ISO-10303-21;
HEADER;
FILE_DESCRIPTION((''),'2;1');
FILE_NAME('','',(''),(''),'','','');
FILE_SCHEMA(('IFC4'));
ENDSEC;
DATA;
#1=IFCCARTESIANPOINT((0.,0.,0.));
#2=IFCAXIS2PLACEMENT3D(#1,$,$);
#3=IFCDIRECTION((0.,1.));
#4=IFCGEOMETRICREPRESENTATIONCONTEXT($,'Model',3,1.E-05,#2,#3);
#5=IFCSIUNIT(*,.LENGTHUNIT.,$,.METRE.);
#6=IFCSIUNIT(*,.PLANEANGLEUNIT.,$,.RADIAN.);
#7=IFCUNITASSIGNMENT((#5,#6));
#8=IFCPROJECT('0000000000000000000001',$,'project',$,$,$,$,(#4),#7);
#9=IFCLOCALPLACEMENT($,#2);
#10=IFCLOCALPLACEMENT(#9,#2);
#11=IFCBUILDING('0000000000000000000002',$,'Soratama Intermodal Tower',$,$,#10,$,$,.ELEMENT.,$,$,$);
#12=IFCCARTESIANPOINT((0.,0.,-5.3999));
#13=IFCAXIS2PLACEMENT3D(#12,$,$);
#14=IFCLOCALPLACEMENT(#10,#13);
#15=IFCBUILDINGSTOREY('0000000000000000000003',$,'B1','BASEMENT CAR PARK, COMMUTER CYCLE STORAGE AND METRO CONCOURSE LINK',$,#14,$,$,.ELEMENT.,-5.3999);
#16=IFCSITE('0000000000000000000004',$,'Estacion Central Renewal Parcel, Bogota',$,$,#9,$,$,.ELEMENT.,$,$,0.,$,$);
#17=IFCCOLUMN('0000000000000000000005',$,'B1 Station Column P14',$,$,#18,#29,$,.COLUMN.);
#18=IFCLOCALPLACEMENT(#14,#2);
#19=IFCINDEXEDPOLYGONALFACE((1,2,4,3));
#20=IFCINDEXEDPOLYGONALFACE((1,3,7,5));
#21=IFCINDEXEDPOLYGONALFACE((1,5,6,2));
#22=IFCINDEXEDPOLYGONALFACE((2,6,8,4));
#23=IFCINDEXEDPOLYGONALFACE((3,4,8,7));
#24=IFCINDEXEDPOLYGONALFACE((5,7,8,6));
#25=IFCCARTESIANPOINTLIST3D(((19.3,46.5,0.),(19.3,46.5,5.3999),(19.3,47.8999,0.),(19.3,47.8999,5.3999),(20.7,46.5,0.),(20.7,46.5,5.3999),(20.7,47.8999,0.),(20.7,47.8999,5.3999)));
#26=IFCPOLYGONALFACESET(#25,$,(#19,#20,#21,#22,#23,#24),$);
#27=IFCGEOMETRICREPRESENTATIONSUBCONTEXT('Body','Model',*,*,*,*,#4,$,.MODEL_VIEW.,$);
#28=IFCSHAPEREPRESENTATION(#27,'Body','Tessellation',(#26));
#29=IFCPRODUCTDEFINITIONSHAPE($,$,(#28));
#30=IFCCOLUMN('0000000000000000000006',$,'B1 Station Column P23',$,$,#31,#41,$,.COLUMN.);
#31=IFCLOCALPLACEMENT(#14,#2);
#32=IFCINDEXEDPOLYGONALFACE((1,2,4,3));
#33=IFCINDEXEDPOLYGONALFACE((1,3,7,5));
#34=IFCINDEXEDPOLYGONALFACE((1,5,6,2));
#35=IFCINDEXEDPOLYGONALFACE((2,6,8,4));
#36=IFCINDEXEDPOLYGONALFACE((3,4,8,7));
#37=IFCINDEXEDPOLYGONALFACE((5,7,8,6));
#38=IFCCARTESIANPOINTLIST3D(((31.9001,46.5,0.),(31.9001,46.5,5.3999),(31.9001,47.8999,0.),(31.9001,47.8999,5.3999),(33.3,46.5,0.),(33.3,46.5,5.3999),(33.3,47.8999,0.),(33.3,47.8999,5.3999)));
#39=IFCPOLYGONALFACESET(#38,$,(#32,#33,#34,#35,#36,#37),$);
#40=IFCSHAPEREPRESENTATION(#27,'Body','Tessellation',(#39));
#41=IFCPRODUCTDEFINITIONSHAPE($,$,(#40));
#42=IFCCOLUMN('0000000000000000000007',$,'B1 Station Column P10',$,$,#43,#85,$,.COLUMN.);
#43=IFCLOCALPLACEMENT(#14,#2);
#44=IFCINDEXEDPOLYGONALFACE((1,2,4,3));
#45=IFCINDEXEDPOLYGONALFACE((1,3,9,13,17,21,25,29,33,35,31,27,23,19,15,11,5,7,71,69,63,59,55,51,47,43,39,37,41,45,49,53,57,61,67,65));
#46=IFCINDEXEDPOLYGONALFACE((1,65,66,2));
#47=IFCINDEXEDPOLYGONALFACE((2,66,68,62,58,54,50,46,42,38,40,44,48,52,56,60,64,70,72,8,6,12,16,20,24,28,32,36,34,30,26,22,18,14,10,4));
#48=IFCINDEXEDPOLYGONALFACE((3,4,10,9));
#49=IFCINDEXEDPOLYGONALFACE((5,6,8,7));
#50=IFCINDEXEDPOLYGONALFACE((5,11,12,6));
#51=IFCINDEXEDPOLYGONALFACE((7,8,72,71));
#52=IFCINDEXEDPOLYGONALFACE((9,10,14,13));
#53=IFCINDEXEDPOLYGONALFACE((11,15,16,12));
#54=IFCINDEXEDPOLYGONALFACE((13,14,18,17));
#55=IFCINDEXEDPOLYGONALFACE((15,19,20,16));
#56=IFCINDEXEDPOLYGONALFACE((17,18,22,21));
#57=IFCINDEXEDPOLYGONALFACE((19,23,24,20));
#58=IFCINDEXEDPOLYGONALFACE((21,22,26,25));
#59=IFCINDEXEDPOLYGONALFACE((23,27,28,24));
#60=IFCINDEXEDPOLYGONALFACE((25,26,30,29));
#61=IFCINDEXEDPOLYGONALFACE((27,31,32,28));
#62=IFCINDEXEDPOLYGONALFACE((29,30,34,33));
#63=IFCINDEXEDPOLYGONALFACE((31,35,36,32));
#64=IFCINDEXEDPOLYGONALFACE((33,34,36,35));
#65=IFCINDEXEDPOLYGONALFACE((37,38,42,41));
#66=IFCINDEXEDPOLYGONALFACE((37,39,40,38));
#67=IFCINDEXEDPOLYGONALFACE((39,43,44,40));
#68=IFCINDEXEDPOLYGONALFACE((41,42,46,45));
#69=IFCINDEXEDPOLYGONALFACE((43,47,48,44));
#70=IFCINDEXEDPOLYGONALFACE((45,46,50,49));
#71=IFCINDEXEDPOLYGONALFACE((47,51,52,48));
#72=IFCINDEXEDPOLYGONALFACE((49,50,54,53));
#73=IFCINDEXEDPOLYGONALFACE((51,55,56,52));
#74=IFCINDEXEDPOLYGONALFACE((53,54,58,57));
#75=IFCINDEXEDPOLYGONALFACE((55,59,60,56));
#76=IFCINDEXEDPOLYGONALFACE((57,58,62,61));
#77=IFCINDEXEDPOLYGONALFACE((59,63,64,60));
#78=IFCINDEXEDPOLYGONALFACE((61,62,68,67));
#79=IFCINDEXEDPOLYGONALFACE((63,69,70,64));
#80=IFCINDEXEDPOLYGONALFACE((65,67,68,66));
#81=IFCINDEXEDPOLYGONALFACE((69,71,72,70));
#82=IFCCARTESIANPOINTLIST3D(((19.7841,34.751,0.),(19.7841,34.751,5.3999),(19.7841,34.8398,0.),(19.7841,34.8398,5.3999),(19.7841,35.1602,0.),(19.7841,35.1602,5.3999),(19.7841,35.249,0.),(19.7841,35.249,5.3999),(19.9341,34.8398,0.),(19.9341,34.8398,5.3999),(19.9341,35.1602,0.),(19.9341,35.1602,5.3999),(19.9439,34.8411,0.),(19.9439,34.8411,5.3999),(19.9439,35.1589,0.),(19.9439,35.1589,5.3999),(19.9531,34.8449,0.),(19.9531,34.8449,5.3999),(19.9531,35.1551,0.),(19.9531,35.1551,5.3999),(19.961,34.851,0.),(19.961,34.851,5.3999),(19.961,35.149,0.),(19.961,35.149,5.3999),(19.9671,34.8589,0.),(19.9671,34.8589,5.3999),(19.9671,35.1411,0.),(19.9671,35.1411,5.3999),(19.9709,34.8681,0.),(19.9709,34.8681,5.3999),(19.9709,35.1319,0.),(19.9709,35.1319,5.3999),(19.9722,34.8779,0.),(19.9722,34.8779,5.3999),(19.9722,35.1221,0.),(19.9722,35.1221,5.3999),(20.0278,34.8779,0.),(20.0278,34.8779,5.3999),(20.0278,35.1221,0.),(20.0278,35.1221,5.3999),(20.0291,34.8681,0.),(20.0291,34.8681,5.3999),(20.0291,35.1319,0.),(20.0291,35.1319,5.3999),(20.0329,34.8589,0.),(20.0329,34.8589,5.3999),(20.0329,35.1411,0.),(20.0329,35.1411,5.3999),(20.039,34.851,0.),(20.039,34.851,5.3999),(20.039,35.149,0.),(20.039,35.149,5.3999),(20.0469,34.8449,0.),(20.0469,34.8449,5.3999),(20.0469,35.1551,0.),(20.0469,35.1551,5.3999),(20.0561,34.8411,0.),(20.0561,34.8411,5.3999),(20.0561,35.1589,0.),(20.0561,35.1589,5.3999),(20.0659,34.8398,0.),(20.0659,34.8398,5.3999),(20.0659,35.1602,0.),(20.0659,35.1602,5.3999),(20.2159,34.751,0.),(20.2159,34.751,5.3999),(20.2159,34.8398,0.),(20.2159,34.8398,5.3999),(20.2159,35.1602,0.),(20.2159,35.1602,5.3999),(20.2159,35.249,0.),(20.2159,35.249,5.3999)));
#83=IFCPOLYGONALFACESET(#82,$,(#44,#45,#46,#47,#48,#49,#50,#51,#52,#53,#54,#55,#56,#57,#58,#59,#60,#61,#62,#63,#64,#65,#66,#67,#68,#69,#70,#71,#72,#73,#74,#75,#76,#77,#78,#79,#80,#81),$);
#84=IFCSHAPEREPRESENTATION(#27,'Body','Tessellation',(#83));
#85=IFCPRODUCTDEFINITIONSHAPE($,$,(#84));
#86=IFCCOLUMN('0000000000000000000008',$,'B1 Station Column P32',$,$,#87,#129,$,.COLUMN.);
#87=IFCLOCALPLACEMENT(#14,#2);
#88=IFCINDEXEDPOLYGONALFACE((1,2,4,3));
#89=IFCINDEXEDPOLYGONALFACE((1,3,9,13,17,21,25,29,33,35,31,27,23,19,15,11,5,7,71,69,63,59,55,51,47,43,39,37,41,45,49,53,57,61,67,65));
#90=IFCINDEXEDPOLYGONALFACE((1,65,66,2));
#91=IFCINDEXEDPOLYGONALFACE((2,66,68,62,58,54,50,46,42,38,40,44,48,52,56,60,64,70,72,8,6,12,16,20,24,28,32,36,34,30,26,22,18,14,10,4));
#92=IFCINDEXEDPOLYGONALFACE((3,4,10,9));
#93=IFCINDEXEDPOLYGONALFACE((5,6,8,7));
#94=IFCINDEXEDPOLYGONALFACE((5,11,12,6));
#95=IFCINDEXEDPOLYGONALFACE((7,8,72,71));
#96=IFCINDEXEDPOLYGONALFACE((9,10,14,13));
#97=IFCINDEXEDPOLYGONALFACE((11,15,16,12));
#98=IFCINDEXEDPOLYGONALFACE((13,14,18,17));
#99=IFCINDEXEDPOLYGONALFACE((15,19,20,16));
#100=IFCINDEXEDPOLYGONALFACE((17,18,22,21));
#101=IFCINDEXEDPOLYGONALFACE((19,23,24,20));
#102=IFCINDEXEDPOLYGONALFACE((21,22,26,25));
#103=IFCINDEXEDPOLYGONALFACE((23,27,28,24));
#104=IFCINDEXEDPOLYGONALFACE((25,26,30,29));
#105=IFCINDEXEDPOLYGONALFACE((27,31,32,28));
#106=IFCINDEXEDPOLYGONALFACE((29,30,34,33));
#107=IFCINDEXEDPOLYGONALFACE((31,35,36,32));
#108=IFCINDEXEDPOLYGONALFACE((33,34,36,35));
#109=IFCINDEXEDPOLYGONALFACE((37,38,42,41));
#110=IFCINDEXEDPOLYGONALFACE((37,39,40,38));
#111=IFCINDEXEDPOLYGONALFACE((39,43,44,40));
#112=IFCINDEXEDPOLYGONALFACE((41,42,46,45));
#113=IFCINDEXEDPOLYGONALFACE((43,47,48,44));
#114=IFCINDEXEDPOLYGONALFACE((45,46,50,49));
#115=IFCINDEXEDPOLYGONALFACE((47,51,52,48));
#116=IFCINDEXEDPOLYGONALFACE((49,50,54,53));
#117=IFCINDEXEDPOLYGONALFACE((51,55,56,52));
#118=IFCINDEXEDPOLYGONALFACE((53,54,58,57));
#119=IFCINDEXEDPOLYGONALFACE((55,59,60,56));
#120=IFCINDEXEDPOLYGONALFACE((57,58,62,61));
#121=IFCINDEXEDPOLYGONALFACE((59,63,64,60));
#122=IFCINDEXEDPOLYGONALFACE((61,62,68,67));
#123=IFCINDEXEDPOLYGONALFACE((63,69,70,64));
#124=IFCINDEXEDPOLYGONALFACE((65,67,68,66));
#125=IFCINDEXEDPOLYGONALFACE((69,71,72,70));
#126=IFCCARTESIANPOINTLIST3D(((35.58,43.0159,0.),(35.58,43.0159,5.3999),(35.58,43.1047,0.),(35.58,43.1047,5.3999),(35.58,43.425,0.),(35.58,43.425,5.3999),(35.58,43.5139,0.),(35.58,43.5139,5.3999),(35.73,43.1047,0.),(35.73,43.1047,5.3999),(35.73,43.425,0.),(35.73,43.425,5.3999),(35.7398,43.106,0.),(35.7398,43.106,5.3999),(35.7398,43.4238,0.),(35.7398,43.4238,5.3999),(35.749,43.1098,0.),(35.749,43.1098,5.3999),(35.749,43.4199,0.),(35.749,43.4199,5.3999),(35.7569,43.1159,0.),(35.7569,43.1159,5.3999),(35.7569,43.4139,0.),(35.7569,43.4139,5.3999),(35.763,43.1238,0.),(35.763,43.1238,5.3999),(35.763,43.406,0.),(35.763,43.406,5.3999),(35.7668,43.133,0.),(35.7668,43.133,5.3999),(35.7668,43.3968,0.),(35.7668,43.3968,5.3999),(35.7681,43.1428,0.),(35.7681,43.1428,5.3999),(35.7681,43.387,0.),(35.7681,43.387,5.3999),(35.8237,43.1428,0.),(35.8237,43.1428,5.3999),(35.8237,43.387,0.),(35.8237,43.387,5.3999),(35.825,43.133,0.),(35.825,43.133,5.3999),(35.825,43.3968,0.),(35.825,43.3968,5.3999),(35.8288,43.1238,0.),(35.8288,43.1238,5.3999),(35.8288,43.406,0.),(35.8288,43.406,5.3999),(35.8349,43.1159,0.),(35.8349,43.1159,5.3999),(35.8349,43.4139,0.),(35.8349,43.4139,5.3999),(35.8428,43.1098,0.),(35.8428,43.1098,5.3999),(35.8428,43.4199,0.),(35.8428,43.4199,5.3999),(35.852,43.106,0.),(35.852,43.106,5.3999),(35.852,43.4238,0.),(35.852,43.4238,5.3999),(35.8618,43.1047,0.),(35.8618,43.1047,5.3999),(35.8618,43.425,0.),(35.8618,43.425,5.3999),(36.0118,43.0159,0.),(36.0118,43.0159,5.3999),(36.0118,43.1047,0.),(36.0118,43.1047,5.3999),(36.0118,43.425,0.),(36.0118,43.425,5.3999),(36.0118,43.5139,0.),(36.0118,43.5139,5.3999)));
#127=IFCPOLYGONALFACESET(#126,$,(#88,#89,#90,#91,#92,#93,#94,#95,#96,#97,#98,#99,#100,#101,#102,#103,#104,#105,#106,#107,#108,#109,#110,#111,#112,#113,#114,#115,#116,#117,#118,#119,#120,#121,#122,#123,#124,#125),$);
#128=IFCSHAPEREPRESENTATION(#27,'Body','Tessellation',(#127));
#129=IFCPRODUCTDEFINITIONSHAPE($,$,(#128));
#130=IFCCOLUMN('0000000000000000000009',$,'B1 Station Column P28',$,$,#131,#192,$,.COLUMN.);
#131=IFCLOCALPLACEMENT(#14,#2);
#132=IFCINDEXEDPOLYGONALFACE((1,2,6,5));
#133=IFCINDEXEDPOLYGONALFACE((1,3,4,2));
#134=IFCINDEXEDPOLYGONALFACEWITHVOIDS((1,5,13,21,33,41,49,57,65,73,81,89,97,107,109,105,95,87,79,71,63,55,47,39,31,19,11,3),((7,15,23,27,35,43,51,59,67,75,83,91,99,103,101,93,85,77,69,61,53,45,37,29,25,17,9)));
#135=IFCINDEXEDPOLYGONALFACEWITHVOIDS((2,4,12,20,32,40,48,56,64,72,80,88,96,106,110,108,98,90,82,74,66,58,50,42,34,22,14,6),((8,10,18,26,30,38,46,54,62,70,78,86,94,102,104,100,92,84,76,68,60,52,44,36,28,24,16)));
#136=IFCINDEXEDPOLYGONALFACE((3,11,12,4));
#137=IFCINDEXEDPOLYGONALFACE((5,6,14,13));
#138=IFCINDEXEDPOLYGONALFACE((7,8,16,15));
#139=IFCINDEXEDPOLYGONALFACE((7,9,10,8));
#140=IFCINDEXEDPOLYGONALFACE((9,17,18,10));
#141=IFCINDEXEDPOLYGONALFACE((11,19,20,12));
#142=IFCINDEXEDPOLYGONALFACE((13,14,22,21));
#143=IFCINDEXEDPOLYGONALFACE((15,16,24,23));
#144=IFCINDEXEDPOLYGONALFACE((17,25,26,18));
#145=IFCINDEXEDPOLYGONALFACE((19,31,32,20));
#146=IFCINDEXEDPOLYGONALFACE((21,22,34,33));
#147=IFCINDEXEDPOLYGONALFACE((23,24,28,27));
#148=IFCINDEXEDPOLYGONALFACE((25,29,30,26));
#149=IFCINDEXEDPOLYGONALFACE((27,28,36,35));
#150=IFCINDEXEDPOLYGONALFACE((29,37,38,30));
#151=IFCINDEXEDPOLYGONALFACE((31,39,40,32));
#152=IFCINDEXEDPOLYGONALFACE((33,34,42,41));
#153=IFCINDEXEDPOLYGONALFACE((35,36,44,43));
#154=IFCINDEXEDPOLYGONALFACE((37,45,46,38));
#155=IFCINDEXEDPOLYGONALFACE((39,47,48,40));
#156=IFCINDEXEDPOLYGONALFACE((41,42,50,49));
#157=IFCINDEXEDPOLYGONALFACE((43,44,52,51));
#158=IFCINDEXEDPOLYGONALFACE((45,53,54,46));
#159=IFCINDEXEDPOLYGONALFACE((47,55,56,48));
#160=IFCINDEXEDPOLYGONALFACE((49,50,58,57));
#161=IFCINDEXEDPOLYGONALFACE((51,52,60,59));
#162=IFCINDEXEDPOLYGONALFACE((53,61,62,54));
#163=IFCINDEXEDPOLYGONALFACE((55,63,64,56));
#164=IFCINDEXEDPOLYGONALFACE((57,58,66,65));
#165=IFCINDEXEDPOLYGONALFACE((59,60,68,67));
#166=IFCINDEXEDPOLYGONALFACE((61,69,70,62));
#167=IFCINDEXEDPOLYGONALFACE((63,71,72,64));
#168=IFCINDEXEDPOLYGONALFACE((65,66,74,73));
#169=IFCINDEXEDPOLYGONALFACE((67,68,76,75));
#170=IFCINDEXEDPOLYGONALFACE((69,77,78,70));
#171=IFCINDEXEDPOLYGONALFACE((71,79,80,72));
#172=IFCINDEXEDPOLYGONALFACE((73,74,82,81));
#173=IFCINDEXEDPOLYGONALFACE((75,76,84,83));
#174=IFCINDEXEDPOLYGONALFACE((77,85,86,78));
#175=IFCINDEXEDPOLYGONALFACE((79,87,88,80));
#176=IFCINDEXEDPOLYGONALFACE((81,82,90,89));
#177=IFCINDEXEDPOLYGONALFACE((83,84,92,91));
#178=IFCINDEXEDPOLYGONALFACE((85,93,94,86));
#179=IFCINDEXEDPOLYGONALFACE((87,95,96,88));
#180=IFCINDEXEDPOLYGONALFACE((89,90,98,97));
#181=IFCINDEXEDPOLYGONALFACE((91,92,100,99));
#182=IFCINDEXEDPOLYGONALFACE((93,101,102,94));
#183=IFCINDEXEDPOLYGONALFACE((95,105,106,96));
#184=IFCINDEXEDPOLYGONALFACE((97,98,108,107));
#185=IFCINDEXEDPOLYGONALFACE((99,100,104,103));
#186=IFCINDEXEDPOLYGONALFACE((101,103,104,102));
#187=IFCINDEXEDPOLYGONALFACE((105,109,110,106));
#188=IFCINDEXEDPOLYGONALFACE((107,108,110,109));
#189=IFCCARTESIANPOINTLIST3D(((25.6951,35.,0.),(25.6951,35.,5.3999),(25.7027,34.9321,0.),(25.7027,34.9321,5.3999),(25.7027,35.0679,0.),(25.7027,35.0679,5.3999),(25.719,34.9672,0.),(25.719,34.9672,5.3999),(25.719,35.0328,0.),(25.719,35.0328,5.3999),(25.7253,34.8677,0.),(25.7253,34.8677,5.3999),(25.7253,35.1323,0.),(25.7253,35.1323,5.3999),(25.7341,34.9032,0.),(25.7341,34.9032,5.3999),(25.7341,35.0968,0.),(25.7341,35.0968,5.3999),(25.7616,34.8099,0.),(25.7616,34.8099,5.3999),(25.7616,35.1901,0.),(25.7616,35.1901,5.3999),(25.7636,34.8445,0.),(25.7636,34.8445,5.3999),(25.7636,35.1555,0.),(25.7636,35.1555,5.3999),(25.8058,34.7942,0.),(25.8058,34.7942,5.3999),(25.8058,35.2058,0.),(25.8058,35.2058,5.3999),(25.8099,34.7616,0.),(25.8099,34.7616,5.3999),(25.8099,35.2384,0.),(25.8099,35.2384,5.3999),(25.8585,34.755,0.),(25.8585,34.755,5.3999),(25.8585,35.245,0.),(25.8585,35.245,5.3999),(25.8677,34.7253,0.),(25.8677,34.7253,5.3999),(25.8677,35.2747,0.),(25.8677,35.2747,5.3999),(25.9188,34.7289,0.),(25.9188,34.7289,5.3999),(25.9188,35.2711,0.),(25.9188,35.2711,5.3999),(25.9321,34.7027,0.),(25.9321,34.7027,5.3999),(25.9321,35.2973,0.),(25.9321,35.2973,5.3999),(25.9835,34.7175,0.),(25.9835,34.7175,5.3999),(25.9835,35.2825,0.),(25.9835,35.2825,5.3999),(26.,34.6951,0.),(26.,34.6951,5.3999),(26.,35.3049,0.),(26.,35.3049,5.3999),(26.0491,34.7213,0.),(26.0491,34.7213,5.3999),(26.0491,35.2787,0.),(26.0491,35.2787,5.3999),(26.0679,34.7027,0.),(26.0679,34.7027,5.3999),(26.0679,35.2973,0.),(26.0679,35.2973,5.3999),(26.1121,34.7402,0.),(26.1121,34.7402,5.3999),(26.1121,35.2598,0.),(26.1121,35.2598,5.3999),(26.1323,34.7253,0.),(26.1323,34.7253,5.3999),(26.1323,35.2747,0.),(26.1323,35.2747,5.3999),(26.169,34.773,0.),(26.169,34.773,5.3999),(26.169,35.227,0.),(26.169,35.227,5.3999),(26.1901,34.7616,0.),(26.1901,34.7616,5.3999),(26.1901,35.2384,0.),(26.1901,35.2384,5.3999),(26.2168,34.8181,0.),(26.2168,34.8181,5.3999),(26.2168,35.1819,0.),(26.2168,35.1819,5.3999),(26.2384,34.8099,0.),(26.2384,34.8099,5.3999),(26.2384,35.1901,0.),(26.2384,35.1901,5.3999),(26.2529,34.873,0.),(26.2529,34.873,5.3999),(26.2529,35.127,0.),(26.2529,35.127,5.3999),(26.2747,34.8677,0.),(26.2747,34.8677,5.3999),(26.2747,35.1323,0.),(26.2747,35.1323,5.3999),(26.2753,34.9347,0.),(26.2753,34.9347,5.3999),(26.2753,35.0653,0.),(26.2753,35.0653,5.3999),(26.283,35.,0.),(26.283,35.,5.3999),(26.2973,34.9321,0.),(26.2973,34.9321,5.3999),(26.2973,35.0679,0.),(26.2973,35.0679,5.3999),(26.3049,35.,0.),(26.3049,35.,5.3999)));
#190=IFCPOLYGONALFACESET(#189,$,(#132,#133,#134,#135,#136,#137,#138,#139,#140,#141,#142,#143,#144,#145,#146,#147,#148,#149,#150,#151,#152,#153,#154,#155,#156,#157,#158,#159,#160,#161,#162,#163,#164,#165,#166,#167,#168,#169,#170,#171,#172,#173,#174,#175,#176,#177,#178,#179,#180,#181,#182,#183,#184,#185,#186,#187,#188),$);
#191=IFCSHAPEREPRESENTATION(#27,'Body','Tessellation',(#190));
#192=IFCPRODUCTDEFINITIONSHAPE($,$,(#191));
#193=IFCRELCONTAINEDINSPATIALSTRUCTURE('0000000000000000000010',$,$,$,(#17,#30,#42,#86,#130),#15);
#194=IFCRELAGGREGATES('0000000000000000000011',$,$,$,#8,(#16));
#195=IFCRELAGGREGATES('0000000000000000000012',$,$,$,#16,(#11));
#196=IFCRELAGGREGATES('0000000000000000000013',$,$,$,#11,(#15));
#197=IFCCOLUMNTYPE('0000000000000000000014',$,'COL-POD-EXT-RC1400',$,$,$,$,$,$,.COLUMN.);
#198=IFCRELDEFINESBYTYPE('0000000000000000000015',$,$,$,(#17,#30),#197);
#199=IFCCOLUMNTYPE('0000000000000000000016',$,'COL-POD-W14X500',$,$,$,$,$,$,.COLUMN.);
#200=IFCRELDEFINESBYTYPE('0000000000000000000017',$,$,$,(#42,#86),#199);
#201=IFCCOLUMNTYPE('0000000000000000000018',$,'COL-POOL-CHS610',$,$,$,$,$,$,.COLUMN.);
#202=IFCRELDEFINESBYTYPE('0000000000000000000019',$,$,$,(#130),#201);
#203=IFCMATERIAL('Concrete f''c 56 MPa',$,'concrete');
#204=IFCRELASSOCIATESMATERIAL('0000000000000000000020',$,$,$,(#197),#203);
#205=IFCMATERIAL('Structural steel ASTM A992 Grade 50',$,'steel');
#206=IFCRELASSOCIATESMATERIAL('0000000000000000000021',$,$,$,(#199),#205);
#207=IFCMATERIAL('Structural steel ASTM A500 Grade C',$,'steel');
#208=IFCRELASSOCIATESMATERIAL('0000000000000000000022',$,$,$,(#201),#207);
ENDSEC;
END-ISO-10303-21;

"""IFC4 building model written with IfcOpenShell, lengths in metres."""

from ifc_helpers import new_model, si_unit, direction, frame, origin, origin_2d, place, context, subcontext, project, spatial, rectangle, hollow_circle, i_section, extrude, material, material_profile, profile_set, type_object, element, save


model = new_model("IFC4")

# Units and contexts
model_context = context("Model", 3, precision=1e-05, world=origin(), true_north=direction((0.0, 1.0)))
body_context = subcontext(model_context, "Body", "Model", "MODEL_VIEW")
ifc_project = project(units=[si_unit("LENGTHUNIT", "METRE"), si_unit("PLANEANGLEUNIT", "RADIAN")], contexts=[model_context])

# Site, building, storey
site_placement = place(None, origin())
site = spatial("IfcSite", under=ifc_project, at=site_placement, Name="Estacion Central Renewal Parcel, Bogota", CompositionType="ELEMENT", RefElevation=0.0)
building_placement = place(site_placement, origin())
building = spatial("IfcBuilding", under=site, at=building_placement, Name="Soratama Intermodal Tower", CompositionType="ELEMENT")
storey_placement = place(building_placement, frame((0.0, 0.0, -5.3999)))
storey = spatial("IfcBuildingStorey", under=building, at=storey_placement, Name="B1", Description="BASEMENT CAR PARK, COMMUTER CYCLE STORAGE AND METRO CONCOURSE LINK", CompositionType="ELEMENT", Elevation=-5.3999)

# Columns
ifc_material_1 = material(Name="Concrete f'c 56 MPa", Category="concrete")
ifc_material_profile_1 = material_profile(ifc_material_1, rectangle(XDim=1.3999, YDim=1.3999, at=origin_2d()), Name="RC1400X1400")
ifc_profile_set_1 = profile_set([ifc_material_profile_1], Name="Concrete f'c 56 MPa")
column_type_1 = type_object("IfcColumnType", Name="COL-POD-EXT-RC1400", PredefinedType="COLUMN", material=ifc_profile_set_1)
for number, where, z_axis, x_axis, name in (
    (1, (20.0, 47.2, 0.0), (0.0, 0.0, 1.0), (1.0, 0.0, 0.0), "B1 Station Column P14"),
    (2, (32.6001, 47.2, 0.0), (0.0, 0.0, 1.0), (1.0, 0.0, 0.0), "B1 Station Column P23"),
):
    element("IfcColumn", number, at=place(storey_placement, frame(where, z_axis=z_axis, x_axis=x_axis)), inside=storey, type_object=column_type_1, Name=name, PredefinedType="COLUMN", context=body_context, shape_type="SweptSolid", body=[
        extrude(rectangle(XDim=1.3999, YDim=1.3999, at=origin_2d()), origin(), (0.0, 0.0, 1.0), 5.3999),
    ])
ifc_material_2 = material(Name="Structural steel ASTM A992 Grade 50", Category="steel")
ifc_material_profile_2 = material_profile(ifc_material_2, i_section(OverallWidth=0.4319, OverallDepth=0.498, WebThickness=0.0557, FlangeThickness=0.0889, FilletRadius=0.0381, at=origin_2d()), Name="W14X500")
ifc_profile_set_2 = profile_set([ifc_material_profile_2], Name="Structural steel ASTM A992 Grade 50")
column_type_2 = type_object("IfcColumnType", Name="COL-POD-W14X500", PredefinedType="COLUMN", material=ifc_profile_set_2)
for number, where, z_axis, x_axis, name in (
    (3, (20.0, 35.0, 0.0), (0.0, 0.0, 1.0), (1.0, 0.0, 0.0), "B1 Station Column P10"),
    (4, (35.7959, 43.2649, 0.0), (0.0, 0.0, 1.0), (1.0, 0.0, 0.0), "B1 Station Column P32"),
):
    element("IfcColumn", number, at=place(storey_placement, frame(where, z_axis=z_axis, x_axis=x_axis)), inside=storey, type_object=column_type_2, Name=name, PredefinedType="COLUMN", context=body_context, shape_type="SweptSolid", body=[
        extrude(i_section(OverallWidth=0.4319, OverallDepth=0.498, WebThickness=0.0557, FlangeThickness=0.0889, FilletRadius=0.0381, at=origin_2d()), origin(), (0.0, 0.0, 1.0), 5.3999),
    ])
ifc_material_3 = material(Name="Structural steel ASTM A500 Grade C", Category="steel")
ifc_material_profile_3 = material_profile(ifc_material_3, hollow_circle(Radius=0.3049, WallThickness=0.022, at=origin_2d()), Name="CHS610X22")
ifc_profile_set_3 = profile_set([ifc_material_profile_3], Name="Structural steel ASTM A500 Grade C")
column_type_3 = type_object("IfcColumnType", Name="COL-POOL-CHS610", PredefinedType="COLUMN", material=ifc_profile_set_3)
column_1_placement = place(storey_placement, frame((26.0, 35.0, 0.0), z_axis=(0.0, 0.0, 1.0), x_axis=(1.0, 0.0, 0.0)))
element("IfcColumn", 5, at=column_1_placement, inside=storey, type_object=column_type_3, Name="B1 Station Column P28", PredefinedType="COLUMN", context=body_context, shape_type="SweptSolid", body=[
    extrude(hollow_circle(Radius=0.3049, WallThickness=0.022, at=origin_2d()), origin(), (0.0, 0.0, 1.0), 5.3999),
])

save(model, "model.ifc")
